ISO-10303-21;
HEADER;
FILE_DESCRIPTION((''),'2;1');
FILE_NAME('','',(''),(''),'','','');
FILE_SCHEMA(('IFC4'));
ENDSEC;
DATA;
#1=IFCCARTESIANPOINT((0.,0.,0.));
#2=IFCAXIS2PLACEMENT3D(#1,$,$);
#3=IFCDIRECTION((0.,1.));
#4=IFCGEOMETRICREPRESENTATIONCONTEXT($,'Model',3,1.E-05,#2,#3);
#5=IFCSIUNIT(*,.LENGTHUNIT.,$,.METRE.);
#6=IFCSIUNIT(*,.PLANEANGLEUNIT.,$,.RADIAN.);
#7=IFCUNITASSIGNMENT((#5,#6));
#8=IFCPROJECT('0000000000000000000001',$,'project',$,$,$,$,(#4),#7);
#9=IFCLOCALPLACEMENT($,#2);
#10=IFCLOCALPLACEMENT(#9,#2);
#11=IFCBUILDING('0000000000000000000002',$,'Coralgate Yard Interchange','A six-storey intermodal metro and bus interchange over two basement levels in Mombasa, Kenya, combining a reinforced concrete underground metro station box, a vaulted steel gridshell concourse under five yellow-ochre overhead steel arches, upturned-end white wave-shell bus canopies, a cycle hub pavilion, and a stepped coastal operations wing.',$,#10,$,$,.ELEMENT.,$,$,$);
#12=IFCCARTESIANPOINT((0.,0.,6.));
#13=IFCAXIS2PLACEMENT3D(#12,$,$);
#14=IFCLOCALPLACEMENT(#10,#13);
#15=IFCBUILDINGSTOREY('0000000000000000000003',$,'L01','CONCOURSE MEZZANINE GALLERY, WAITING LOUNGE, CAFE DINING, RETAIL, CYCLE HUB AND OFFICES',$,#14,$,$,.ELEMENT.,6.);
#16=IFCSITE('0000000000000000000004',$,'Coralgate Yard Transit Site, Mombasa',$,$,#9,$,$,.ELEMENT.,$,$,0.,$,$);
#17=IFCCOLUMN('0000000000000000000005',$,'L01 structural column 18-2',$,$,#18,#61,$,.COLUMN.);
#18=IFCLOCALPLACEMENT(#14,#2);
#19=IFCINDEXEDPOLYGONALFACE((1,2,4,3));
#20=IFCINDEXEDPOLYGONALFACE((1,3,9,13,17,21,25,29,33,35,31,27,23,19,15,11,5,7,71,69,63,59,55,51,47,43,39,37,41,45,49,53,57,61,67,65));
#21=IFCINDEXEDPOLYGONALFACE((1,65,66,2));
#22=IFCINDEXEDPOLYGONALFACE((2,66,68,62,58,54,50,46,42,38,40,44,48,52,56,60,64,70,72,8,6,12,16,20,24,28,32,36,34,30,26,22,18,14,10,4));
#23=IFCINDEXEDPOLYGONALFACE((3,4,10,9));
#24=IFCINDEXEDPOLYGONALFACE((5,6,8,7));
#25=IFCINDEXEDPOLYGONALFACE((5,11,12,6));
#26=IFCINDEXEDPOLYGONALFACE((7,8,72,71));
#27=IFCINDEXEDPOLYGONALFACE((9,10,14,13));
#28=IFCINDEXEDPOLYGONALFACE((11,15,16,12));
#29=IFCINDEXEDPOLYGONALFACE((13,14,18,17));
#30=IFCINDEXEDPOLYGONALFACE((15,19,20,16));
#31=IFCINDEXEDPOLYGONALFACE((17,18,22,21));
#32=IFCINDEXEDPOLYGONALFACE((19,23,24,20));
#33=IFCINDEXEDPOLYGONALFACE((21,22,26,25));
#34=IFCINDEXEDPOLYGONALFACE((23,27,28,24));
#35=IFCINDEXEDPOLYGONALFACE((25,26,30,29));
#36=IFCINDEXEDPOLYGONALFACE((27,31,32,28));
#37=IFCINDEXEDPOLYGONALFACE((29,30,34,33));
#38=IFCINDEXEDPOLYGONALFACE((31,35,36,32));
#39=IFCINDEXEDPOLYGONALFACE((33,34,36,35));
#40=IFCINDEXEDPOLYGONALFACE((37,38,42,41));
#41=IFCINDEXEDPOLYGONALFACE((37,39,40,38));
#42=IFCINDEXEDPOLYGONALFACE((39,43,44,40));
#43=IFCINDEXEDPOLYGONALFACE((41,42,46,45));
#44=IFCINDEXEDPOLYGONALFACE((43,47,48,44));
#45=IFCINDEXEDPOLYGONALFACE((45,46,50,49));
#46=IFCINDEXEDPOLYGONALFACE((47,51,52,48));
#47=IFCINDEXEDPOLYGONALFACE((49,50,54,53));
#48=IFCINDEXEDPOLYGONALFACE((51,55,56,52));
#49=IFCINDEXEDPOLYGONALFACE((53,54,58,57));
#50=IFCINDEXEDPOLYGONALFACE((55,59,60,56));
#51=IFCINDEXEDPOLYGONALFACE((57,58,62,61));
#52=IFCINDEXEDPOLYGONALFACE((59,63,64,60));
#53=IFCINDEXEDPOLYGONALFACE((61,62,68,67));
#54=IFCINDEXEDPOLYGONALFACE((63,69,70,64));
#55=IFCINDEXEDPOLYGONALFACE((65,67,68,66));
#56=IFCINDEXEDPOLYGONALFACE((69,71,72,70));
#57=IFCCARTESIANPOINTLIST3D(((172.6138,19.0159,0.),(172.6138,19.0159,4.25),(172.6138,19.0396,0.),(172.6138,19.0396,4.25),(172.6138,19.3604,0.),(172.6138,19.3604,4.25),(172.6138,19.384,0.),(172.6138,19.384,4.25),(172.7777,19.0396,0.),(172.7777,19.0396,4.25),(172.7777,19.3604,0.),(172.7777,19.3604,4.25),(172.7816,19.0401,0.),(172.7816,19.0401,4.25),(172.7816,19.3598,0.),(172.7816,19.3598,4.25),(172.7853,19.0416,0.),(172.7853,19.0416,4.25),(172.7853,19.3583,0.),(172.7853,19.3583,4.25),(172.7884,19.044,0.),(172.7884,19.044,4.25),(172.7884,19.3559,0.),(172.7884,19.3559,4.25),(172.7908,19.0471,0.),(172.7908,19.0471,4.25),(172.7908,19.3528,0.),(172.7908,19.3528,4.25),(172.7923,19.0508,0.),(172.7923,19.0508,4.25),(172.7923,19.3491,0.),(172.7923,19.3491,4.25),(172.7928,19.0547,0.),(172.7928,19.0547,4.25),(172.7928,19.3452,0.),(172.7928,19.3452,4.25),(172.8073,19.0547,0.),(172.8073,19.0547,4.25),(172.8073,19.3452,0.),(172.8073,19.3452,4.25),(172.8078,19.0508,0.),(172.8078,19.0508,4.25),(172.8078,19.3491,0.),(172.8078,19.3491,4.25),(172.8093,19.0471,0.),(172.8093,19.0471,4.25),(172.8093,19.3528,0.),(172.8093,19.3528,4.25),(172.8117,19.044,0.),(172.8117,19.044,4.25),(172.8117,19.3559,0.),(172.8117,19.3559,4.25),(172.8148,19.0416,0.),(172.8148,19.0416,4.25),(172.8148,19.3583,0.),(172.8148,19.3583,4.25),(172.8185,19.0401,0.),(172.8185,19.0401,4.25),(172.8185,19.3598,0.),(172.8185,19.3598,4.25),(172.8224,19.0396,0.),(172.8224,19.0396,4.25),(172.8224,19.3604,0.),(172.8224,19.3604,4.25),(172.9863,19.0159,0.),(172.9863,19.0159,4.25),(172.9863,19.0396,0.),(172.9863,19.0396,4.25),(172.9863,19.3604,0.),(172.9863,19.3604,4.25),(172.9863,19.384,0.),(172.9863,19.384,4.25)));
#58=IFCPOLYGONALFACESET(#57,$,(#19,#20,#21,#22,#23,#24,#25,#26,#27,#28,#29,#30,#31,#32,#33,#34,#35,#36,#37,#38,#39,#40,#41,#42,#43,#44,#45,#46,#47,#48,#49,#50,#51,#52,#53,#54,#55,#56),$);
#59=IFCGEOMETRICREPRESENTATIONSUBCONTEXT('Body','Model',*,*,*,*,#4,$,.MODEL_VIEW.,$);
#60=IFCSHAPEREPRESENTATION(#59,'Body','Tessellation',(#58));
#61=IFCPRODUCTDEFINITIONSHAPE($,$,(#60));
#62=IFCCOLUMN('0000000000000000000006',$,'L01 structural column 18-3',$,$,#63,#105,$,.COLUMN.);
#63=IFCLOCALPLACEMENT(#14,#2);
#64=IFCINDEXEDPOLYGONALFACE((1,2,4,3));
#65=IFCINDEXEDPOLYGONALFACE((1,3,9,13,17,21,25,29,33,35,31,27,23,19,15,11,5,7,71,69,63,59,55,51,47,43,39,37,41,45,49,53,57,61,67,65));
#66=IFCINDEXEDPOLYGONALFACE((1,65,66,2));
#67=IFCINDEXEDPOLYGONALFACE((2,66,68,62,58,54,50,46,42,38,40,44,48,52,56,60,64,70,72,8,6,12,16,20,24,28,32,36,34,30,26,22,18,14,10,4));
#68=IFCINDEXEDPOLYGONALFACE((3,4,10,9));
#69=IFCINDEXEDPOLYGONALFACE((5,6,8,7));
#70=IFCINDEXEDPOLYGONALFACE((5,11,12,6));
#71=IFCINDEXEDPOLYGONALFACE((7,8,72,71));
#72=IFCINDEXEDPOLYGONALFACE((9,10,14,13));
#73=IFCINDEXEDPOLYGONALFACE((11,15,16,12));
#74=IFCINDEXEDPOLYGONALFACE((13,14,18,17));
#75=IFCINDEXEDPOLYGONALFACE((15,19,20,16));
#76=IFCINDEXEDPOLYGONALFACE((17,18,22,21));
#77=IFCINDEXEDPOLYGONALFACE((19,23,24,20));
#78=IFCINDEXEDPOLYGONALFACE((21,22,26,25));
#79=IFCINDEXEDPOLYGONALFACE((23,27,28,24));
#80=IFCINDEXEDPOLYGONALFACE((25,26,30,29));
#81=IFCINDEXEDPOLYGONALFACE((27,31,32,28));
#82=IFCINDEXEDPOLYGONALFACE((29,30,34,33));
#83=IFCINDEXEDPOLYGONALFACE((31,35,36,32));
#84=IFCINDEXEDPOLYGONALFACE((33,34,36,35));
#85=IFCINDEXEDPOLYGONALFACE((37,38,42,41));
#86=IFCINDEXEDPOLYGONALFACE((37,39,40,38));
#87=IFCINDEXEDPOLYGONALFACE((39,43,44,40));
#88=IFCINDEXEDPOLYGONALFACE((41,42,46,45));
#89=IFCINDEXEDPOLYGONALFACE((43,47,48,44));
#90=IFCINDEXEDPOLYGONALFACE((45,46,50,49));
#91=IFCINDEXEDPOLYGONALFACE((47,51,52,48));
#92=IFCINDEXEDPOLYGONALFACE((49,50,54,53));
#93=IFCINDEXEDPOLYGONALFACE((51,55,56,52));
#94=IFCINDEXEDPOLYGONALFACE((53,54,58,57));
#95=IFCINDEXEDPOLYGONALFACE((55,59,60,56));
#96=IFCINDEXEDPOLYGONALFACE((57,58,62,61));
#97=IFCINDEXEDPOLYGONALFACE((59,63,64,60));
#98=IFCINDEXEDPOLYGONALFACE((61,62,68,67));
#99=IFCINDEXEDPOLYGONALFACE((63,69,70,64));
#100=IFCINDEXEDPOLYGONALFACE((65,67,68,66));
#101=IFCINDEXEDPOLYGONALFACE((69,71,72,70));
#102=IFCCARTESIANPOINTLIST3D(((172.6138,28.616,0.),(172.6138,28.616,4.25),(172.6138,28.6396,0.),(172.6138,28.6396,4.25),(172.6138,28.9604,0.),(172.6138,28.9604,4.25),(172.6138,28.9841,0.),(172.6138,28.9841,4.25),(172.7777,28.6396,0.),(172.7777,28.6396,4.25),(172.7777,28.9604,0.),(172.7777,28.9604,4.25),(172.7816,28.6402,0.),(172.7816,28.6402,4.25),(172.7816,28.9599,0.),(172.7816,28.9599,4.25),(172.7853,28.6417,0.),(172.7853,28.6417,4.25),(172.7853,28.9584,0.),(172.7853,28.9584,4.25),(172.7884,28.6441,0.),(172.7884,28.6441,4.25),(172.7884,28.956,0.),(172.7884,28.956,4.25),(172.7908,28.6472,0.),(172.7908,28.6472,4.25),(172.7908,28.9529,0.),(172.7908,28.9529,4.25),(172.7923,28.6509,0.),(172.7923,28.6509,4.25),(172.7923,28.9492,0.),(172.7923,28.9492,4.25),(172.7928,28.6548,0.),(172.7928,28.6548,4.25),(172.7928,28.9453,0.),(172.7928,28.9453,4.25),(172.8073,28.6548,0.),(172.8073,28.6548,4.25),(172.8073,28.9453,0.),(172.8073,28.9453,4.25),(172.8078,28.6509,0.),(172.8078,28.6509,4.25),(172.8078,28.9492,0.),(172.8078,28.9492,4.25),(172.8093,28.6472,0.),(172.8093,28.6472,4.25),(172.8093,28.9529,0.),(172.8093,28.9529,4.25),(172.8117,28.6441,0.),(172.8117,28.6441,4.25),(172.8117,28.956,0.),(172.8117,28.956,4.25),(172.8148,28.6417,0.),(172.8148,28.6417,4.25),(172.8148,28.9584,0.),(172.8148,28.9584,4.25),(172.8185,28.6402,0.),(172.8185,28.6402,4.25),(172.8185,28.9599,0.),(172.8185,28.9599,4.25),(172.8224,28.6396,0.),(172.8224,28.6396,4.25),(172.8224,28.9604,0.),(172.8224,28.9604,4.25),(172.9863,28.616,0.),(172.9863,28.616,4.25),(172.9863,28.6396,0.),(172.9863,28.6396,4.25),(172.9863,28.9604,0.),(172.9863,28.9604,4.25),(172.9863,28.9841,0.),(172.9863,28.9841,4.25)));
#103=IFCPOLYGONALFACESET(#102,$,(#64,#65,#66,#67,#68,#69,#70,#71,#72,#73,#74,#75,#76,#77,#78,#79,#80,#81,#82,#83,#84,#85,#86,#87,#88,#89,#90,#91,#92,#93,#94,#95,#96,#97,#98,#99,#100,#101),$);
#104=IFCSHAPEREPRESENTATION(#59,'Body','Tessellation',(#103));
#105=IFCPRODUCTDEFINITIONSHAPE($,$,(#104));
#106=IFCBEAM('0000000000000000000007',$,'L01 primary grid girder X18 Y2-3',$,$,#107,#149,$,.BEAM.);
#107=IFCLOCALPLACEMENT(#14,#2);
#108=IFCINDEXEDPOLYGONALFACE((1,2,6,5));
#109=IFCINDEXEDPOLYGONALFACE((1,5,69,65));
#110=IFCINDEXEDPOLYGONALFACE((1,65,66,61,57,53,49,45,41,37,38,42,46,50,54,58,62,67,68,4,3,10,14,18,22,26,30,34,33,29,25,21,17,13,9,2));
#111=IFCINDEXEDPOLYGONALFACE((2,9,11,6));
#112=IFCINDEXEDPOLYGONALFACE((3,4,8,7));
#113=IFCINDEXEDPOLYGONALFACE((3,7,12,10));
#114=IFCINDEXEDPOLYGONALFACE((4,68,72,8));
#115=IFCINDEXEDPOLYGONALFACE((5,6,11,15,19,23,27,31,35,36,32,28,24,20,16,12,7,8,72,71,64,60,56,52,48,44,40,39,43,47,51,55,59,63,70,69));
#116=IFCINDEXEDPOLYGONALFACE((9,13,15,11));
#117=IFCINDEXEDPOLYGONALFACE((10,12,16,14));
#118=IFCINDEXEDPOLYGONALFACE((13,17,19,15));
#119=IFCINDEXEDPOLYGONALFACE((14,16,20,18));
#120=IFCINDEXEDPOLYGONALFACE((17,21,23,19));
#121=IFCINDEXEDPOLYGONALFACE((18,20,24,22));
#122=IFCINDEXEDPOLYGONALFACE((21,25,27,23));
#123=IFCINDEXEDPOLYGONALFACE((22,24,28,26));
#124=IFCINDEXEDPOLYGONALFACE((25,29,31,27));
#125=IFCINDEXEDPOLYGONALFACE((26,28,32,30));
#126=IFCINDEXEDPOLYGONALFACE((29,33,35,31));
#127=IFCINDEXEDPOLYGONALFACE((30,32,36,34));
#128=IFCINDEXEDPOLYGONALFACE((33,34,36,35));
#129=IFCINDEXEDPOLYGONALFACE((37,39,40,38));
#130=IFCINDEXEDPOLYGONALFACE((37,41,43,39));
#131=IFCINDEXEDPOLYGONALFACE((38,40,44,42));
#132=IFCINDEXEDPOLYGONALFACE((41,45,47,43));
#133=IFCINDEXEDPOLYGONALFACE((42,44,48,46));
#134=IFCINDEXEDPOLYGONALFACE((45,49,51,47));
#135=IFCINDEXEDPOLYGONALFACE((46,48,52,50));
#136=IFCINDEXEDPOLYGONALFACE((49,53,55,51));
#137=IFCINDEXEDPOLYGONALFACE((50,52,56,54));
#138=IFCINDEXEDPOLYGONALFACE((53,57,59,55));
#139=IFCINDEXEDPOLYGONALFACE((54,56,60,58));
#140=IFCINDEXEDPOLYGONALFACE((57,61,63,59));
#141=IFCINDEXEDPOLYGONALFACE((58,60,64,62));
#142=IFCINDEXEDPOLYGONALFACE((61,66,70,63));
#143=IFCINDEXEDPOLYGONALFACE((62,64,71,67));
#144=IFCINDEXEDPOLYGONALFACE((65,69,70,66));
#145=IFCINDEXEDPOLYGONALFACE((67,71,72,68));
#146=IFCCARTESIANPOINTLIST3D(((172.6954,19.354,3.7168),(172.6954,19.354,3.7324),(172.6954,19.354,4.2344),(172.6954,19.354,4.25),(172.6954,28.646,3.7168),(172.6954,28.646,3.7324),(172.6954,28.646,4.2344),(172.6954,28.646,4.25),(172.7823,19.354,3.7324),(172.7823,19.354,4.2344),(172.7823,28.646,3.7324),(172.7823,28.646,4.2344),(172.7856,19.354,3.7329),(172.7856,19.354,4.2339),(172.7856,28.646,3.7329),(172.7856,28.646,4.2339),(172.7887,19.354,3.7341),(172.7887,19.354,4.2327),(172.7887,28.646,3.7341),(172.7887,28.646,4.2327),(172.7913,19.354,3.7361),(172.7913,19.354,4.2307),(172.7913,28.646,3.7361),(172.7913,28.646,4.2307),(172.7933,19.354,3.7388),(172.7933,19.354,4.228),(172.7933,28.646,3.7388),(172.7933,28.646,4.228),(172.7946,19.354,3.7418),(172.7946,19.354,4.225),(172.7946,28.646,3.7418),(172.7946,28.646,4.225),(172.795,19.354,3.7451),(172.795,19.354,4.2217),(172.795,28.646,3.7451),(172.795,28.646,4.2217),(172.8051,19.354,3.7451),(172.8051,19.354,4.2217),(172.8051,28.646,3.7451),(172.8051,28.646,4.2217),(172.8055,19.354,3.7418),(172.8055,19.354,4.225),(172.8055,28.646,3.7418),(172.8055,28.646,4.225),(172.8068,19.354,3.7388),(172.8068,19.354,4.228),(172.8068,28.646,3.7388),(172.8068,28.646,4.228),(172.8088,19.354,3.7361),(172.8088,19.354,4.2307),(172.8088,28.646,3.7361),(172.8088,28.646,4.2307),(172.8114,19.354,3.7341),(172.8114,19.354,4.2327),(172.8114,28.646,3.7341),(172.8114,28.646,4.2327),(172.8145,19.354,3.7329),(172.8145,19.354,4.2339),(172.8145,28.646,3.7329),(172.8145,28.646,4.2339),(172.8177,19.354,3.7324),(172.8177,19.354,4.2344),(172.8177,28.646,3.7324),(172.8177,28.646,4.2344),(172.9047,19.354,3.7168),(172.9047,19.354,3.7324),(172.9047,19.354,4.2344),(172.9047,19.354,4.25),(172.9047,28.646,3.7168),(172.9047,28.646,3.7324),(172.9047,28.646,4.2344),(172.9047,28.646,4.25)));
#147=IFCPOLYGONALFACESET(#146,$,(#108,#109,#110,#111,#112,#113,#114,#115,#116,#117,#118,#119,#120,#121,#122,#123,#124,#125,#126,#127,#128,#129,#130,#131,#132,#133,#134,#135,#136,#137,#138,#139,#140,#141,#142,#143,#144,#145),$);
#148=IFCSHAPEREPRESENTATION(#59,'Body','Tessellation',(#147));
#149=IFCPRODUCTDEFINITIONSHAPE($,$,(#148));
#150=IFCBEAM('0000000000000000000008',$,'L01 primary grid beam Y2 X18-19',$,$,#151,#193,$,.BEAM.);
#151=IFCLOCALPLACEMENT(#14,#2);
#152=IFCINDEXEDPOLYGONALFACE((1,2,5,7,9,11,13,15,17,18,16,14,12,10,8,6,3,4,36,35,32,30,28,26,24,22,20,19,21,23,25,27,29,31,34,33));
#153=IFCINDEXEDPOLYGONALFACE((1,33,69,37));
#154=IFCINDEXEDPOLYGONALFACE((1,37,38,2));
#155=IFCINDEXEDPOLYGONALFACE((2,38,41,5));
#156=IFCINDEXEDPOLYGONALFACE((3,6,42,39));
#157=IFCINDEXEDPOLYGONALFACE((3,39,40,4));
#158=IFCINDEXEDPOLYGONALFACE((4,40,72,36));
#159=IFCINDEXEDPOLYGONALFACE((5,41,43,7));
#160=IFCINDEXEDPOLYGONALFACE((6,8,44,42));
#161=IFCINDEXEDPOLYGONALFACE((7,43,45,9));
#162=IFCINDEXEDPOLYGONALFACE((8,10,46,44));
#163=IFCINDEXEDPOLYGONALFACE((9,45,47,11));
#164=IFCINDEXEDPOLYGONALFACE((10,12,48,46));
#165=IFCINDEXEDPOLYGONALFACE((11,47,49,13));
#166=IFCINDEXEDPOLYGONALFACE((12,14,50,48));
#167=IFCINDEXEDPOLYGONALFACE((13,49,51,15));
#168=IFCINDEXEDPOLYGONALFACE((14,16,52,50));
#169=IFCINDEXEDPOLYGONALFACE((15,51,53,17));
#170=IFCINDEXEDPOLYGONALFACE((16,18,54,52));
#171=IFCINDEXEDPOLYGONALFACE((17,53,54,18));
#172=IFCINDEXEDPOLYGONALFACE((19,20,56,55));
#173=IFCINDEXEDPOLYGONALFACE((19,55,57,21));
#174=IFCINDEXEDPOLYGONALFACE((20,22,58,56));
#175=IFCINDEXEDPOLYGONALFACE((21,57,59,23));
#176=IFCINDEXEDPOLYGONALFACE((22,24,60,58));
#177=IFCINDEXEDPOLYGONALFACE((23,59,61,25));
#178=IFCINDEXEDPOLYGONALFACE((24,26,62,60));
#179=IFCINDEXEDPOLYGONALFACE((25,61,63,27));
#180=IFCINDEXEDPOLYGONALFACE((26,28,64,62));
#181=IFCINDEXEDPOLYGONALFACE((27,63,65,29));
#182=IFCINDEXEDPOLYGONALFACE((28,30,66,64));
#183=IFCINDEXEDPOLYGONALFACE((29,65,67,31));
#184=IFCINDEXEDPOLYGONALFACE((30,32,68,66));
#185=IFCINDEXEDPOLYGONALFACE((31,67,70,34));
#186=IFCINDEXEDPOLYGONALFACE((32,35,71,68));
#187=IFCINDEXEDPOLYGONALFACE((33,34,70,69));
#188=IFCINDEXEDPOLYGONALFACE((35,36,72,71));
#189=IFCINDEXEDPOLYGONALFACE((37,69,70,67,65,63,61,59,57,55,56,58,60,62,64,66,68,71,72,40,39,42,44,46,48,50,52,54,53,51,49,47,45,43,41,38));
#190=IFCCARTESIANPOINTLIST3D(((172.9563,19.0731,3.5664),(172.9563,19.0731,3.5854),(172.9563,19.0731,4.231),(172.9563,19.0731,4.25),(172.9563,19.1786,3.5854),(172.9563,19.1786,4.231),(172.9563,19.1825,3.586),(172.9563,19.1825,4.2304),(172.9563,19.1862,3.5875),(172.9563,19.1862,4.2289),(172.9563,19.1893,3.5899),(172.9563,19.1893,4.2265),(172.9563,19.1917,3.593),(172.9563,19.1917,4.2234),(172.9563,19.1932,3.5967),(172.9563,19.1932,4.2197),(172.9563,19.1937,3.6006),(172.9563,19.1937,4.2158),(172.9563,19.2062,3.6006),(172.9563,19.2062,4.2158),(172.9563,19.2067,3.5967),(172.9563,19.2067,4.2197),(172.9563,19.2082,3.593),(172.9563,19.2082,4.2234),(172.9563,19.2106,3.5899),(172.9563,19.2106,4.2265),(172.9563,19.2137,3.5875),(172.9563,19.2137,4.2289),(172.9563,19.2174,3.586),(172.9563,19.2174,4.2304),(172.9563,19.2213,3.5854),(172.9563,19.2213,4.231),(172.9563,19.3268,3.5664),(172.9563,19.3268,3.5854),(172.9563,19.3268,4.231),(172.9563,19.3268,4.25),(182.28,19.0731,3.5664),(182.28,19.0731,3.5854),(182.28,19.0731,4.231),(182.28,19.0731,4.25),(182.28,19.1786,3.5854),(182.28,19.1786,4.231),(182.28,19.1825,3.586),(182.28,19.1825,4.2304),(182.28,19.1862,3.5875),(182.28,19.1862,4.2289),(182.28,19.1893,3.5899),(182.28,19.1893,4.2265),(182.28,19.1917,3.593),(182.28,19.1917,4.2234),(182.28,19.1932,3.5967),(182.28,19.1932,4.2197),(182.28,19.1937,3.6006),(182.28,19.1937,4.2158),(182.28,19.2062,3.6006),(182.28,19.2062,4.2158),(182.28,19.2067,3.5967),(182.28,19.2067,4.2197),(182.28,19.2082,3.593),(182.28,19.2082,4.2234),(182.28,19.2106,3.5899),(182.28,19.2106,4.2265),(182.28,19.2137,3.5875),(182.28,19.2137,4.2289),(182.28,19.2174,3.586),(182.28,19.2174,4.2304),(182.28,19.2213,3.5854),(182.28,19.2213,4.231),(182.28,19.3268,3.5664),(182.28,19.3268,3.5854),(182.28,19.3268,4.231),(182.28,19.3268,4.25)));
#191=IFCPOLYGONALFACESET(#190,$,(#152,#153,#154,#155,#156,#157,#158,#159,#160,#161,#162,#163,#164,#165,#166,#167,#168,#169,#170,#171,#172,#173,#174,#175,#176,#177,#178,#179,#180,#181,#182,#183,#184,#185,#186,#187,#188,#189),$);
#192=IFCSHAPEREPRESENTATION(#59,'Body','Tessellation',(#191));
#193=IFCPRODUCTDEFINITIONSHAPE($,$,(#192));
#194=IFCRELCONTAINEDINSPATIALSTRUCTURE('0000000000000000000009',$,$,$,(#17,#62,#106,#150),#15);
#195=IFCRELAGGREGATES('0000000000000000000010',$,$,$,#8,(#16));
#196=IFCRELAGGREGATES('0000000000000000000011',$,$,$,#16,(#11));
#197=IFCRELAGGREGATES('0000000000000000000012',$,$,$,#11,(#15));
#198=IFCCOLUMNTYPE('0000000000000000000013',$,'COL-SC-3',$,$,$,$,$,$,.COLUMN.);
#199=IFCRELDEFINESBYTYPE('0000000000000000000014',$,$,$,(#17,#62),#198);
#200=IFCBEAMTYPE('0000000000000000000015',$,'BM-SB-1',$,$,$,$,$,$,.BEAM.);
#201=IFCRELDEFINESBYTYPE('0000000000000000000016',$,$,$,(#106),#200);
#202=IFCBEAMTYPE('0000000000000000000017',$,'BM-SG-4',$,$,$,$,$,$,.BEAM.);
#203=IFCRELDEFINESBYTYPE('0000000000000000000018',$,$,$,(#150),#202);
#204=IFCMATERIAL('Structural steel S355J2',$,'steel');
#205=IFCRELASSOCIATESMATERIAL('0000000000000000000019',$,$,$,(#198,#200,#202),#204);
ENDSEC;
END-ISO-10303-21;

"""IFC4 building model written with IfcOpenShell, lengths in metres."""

from ifc_helpers import new_model, si_unit, direction, frame, origin, origin_2d, place, context, subcontext, project, spatial, i_section, extrude, material, material_profile, profile_set, type_object, element, save


model = new_model("IFC4")

# Units and contexts
model_context = context("Model", 3, precision=1e-05, world=origin(), true_north=direction((0.0, 1.0)))
body_context = subcontext(model_context, "Body", "Model", "MODEL_VIEW")
ifc_project = project(units=[si_unit("LENGTHUNIT", "METRE"), si_unit("PLANEANGLEUNIT", "RADIAN")], contexts=[model_context])

# Site, building, storey
site_placement = place(None, origin())
site = spatial("IfcSite", under=ifc_project, at=site_placement, Name="Coralgate Yard Transit Site, Mombasa", CompositionType="ELEMENT", RefElevation=0.0)
building_placement = place(site_placement, origin())
building = spatial("IfcBuilding", under=site, at=building_placement, Name="Coralgate Yard Interchange", Description="A six-storey intermodal metro and bus interchange over two basement levels in Mombasa, Kenya, combining a reinforced concrete underground metro station box, a vaulted steel gridshell concourse under five yellow-ochre overhead steel arches, upturned-end white wave-shell bus canopies, a cycle hub pavilion, and a stepped coastal operations wing.", CompositionType="ELEMENT")
storey_placement = place(building_placement, frame((0.0, 0.0, 6.0)))
storey = spatial("IfcBuildingStorey", under=building, at=storey_placement, Name="L01", Description="CONCOURSE MEZZANINE GALLERY, WAITING LOUNGE, CAFE DINING, RETAIL, CYCLE HUB AND OFFICES", CompositionType="ELEMENT", Elevation=6.0)

# Columns
ifc_material_1 = material(Name="Structural steel S355J2", Category="steel")
ifc_material_profile_1 = material_profile(ifc_material_1, i_section(OverallWidth=0.3726, OverallDepth=0.3682, WebThickness=0.0144, FlangeThickness=0.0237, FilletRadius=0.0151, at=origin_2d()), Name="UC 356x368x177")
ifc_profile_set_1 = profile_set([ifc_material_profile_1], Name="Structural steel S355J2")
column_type = type_object("IfcColumnType", Name="COL-SC-3", PredefinedType="COLUMN", material=ifc_profile_set_1)
for number, where, z_axis, x_axis, name in (
    (1, (172.8, 19.2, 0.0), (0.0, 0.0, 1.0), (1.0, 0.0, 0.0), "L01 structural column 18-2"),
    (2, (172.8, 28.8, 0.0), (0.0, 0.0, 1.0), (1.0, 0.0, 0.0), "L01 structural column 18-3"),
):
    element("IfcColumn", number, at=place(storey_placement, frame(where, z_axis=z_axis, x_axis=x_axis)), inside=storey, type_object=column_type, Name=name, PredefinedType="COLUMN", context=body_context, shape_type="SweptSolid", body=[
        extrude(i_section(OverallWidth=0.3726, OverallDepth=0.3682, WebThickness=0.0144, FlangeThickness=0.0237, FilletRadius=0.0151, at=origin_2d()), origin(), (0.0, 0.0, 1.0), 4.25),
    ])

# Beams
ifc_material_profile_2 = material_profile(ifc_material_1, i_section(OverallWidth=0.2092, OverallDepth=0.5332, WebThickness=0.01, FlangeThickness=0.0156, FilletRadius=0.0127, at=origin_2d()), Name="UB 533x210x92")
ifc_profile_set_2 = profile_set([ifc_material_profile_2], Name="Structural steel S355J2")
beam_type_1 = type_object("IfcBeamType", Name="BM-SB-1", PredefinedType="BEAM", material=ifc_profile_set_2)
beam_1_placement = place(storey_placement, frame((172.8, 19.354, 3.9834), z_axis=(0.0, 1.0, 0.0), x_axis=(-1.0, 0.0, 0.0)))
element("IfcBeam", 3, at=beam_1_placement, inside=storey, type_object=beam_type_1, Name="L01 primary grid girder X18 Y2-3", PredefinedType="BEAM", context=body_context, shape_type="SweptSolid", body=[
    extrude(i_section(OverallWidth=0.2092, OverallDepth=0.5332, WebThickness=0.01, FlangeThickness=0.0156, FilletRadius=0.0127, at=origin_2d()), origin(), (0.0, 0.0, 1.0), 9.292),
])
ifc_material_profile_3 = material_profile(ifc_material_1, i_section(OverallWidth=0.2537, OverallDepth=0.6836, WebThickness=0.0125, FlangeThickness=0.019, FilletRadius=0.0151, at=origin_2d()), Name="UB 686x254x140")
ifc_profile_set_3 = profile_set([ifc_material_profile_3], Name="Structural steel S355J2")
beam_type_2 = type_object("IfcBeamType", Name="BM-SG-4", PredefinedType="BEAM", material=ifc_profile_set_3)
beam_2_placement = place(storey_placement, frame((172.9563, 19.2, 3.9082), z_axis=(1.0, 0.0, 0.0), x_axis=(0.0, 1.0, 0.0)))
element("IfcBeam", 4, at=beam_2_placement, inside=storey, type_object=beam_type_2, Name="L01 primary grid beam Y2 X18-19", PredefinedType="BEAM", context=body_context, shape_type="SweptSolid", body=[
    extrude(i_section(OverallWidth=0.2537, OverallDepth=0.6836, WebThickness=0.0125, FlangeThickness=0.019, FilletRadius=0.0151, at=origin_2d()), origin(), (0.0, 0.0, 1.0), 9.3237),
])

save(model, "model.ifc")
